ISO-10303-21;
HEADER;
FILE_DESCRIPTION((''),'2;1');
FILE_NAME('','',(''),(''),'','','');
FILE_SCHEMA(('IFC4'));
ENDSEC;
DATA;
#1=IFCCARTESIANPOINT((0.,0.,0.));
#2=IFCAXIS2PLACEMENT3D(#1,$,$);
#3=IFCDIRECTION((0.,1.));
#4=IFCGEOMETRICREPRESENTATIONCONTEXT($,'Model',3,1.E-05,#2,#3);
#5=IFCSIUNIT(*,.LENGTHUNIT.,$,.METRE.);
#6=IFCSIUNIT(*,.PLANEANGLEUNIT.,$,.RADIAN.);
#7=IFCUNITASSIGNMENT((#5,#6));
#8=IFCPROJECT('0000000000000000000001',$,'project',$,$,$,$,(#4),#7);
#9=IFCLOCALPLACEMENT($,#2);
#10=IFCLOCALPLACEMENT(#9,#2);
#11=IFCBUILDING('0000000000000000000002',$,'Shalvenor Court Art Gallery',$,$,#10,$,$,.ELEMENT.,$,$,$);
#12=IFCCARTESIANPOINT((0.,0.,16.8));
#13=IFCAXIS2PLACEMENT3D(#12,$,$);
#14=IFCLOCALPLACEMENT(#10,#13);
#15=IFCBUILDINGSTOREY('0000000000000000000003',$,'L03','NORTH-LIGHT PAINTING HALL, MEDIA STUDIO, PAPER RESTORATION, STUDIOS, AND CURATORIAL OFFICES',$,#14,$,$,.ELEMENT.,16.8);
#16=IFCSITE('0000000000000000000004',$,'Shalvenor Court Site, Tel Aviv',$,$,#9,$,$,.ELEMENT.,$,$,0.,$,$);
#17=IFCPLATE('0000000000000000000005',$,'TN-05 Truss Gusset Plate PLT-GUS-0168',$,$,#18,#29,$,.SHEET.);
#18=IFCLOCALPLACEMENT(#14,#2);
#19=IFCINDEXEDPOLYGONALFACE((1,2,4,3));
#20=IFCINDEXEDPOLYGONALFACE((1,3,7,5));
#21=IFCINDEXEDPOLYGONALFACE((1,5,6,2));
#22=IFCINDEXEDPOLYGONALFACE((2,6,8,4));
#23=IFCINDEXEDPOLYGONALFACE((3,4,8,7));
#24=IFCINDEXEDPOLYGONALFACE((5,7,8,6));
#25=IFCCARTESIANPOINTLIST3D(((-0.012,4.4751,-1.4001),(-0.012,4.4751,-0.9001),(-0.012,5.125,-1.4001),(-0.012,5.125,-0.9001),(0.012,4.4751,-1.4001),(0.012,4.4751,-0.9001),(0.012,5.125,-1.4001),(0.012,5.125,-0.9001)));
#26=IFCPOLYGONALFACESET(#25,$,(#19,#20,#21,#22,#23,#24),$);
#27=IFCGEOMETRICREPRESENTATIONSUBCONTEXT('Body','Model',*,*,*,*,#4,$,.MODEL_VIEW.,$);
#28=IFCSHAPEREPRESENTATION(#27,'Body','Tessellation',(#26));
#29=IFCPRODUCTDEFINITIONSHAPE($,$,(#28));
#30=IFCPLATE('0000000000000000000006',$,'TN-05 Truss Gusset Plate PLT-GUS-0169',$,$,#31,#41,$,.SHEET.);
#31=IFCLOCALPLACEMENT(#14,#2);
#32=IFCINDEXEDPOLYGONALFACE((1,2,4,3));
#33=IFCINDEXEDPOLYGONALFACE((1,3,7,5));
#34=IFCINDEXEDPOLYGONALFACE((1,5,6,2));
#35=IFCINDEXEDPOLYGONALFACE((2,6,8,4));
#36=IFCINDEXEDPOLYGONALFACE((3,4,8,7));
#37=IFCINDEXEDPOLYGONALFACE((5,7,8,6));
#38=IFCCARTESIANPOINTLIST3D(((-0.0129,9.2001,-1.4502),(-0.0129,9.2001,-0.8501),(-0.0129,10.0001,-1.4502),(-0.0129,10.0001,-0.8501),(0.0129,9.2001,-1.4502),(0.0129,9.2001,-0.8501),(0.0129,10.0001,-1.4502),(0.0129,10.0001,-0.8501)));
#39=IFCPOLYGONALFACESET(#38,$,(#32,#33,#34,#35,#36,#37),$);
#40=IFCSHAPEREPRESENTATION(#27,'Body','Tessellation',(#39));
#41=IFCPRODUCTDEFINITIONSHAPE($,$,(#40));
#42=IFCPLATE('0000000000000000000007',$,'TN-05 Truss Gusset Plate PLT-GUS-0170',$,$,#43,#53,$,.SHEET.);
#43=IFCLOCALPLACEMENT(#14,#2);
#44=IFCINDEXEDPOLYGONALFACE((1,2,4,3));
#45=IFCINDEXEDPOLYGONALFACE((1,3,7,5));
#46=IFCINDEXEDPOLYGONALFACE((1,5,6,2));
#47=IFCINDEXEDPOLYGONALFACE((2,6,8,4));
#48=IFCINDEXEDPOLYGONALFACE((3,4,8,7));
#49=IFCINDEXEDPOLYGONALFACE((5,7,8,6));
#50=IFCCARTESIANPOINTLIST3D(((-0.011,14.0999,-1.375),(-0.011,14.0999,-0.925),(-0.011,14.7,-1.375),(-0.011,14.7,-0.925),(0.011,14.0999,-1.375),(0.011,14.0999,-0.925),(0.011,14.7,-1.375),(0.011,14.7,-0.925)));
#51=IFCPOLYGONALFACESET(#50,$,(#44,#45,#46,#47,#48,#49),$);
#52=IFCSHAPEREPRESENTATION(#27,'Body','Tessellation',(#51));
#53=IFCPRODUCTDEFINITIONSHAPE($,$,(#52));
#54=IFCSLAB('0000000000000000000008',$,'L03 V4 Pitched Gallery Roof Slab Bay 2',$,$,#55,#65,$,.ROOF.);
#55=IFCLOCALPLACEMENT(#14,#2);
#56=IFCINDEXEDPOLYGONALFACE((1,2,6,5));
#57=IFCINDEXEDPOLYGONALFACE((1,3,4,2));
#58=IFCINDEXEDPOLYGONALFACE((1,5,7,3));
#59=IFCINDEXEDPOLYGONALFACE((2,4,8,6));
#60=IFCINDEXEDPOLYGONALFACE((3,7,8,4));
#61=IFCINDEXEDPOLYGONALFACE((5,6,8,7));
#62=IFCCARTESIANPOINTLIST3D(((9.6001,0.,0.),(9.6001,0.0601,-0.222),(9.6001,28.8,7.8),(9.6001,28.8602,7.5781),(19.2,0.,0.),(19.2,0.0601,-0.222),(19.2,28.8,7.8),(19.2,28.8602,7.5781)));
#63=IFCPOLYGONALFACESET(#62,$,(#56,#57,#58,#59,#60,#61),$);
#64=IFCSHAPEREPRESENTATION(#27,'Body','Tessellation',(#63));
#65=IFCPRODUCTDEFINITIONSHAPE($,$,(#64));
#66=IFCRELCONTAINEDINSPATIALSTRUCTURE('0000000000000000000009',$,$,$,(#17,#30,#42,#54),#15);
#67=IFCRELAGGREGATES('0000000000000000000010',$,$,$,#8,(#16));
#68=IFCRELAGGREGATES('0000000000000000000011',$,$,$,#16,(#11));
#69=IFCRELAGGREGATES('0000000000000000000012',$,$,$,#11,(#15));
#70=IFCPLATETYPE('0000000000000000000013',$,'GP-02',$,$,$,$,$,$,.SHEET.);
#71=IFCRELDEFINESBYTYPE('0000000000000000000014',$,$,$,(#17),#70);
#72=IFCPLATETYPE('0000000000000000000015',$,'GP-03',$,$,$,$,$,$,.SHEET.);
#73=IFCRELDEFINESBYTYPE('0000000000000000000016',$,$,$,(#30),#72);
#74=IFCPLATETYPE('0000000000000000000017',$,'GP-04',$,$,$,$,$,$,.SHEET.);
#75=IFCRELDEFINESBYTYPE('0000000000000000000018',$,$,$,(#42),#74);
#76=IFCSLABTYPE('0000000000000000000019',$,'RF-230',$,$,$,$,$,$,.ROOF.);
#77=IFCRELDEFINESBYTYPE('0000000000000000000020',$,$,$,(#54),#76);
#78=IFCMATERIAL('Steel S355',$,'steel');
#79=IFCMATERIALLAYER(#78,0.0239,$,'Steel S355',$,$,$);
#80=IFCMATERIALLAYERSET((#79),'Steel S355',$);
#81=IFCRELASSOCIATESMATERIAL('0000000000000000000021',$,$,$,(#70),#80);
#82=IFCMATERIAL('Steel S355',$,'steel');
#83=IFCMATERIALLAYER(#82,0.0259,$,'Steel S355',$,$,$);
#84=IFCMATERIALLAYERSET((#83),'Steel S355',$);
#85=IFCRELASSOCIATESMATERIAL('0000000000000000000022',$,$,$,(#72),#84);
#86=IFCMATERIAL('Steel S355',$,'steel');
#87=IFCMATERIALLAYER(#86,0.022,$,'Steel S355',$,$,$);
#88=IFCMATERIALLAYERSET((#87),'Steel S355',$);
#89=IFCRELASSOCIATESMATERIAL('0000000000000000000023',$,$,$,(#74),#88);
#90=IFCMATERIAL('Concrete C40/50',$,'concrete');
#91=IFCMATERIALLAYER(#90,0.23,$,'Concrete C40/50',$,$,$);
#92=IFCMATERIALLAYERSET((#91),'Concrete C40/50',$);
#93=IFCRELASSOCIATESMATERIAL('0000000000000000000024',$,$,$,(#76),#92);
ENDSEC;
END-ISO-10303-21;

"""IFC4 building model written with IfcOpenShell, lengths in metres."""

from ifc_helpers import new_model, si_unit, direction, frame, origin, origin_2d, place, context, subcontext, project, spatial, polyline, rectangle, outline, extrude, material, layer, layer_set, type_object, element, save


model = new_model("IFC4")

# Units and contexts
model_context = context("Model", 3, precision=1e-05, world=origin(), true_north=direction((0.0, 1.0)))
body_context = subcontext(model_context, "Body", "Model", "MODEL_VIEW")
ifc_project = project(units=[si_unit("LENGTHUNIT", "METRE"), si_unit("PLANEANGLEUNIT", "RADIAN")], contexts=[model_context])

# Site, building, storey
site_placement = place(None, origin())
site = spatial("IfcSite", under=ifc_project, at=site_placement, Name="Shalvenor Court Site, Tel Aviv", CompositionType="ELEMENT", RefElevation=0.0)
building_placement = place(site_placement, origin())
building = spatial("IfcBuilding", under=site, at=building_placement, Name="Shalvenor Court Art Gallery", CompositionType="ELEMENT")
storey_placement = place(building_placement, frame((0.0, 0.0, 16.8)))
storey = spatial("IfcBuildingStorey", under=building, at=storey_placement, Name="L03", Description="NORTH-LIGHT PAINTING HALL, MEDIA STUDIO, PAPER RESTORATION, STUDIOS, AND CURATORIAL OFFICES", CompositionType="ELEMENT", Elevation=16.8)

# Plates
ifc_material_1 = material(Name="Steel S355", Category="steel")
ifc_layer_1 = layer(ifc_material_1, 0.0239, Name="Steel S355")
ifc_layer_set_1 = layer_set([ifc_layer_1], Name="Steel S355")
plate_type_1 = type_object("IfcPlateType", Name="GP-02", PredefinedType="SHEET", material=ifc_layer_set_1)
plate_1_placement = place(storey_placement, frame((0.0, 4.8, -1.4001), z_axis=(0.0, 0.0, 1.0), x_axis=(0.0, 1.0, 0.0)))
element("IfcPlate", 1, at=plate_1_placement, inside=storey, type_object=plate_type_1, Name="TN-05 Truss Gusset Plate PLT-GUS-0168", PredefinedType="SHEET", context=body_context, shape_type="SweptSolid", body=[
    extrude(rectangle(XDim=0.6499, YDim=0.0239, at=origin_2d()), origin(), (0.0, 0.0, 1.0), 0.5),
])
ifc_material_2 = material(Name="Steel S355", Category="steel")
ifc_layer_2 = layer(ifc_material_2, 0.0259, Name="Steel S355")
ifc_layer_set_2 = layer_set([ifc_layer_2], Name="Steel S355")
plate_type_2 = type_object("IfcPlateType", Name="GP-03", PredefinedType="SHEET", material=ifc_layer_set_2)
plate_2_placement = place(storey_placement, frame((0.0, 9.6001, -1.4502), z_axis=(0.0, 0.0, 1.0), x_axis=(0.0, 1.0, 0.0)))
element("IfcPlate", 2, at=plate_2_placement, inside=storey, type_object=plate_type_2, Name="TN-05 Truss Gusset Plate PLT-GUS-0169", PredefinedType="SHEET", context=body_context, shape_type="SweptSolid", body=[
    extrude(rectangle(XDim=0.8, YDim=0.0259, at=origin_2d()), origin(), (0.0, 0.0, 1.0), 0.6001),
])
ifc_material_3 = material(Name="Steel S355", Category="steel")
ifc_layer_3 = layer(ifc_material_3, 0.022, Name="Steel S355")
ifc_layer_set_3 = layer_set([ifc_layer_3], Name="Steel S355")
plate_type_3 = type_object("IfcPlateType", Name="GP-04", PredefinedType="SHEET", material=ifc_layer_set_3)
plate_3_placement = place(storey_placement, frame((0.0, 14.3999, -1.375), z_axis=(0.0, 0.0, 1.0), x_axis=(0.0, 1.0, 0.0)))
element("IfcPlate", 3, at=plate_3_placement, inside=storey, type_object=plate_type_3, Name="TN-05 Truss Gusset Plate PLT-GUS-0170", PredefinedType="SHEET", context=body_context, shape_type="SweptSolid", body=[
    extrude(rectangle(XDim=0.6001, YDim=0.022, at=origin_2d()), origin(), (0.0, 0.0, 1.0), 0.45),
])

# Slab
ifc_material_4 = material(Name="Concrete C40/50", Category="concrete")
ifc_layer_4 = layer(ifc_material_4, 0.23, Name="Concrete C40/50")
ifc_layer_set_4 = layer_set([ifc_layer_4], Name="Concrete C40/50")
slab_type = type_object("IfcSlabType", Name="RF-230", PredefinedType="ROOF", material=ifc_layer_set_4)
slab_placement = place(storey_placement, frame((9.6001, 0.0, 0.0), z_axis=(0.0, -0.261417, 0.965226), x_axis=(1.0, 0.0, 0.0)))
element("IfcSlab", 4, at=slab_placement, inside=storey, type_object=slab_type, Name="L03 V4 Pitched Gallery Roof Slab Bay 2", PredefinedType="ROOF", context=body_context, shape_type="SweptSolid", body=[
    extrude(outline(polyline([(0.0, 0.0), (9.5999, 0.0), (9.5999, 29.8376), (0.0, 29.8376), (0.0, 0.0)])), origin(), (0.0, 0.0, -1.0), 0.23),
])

save(model, "model.ifc")
